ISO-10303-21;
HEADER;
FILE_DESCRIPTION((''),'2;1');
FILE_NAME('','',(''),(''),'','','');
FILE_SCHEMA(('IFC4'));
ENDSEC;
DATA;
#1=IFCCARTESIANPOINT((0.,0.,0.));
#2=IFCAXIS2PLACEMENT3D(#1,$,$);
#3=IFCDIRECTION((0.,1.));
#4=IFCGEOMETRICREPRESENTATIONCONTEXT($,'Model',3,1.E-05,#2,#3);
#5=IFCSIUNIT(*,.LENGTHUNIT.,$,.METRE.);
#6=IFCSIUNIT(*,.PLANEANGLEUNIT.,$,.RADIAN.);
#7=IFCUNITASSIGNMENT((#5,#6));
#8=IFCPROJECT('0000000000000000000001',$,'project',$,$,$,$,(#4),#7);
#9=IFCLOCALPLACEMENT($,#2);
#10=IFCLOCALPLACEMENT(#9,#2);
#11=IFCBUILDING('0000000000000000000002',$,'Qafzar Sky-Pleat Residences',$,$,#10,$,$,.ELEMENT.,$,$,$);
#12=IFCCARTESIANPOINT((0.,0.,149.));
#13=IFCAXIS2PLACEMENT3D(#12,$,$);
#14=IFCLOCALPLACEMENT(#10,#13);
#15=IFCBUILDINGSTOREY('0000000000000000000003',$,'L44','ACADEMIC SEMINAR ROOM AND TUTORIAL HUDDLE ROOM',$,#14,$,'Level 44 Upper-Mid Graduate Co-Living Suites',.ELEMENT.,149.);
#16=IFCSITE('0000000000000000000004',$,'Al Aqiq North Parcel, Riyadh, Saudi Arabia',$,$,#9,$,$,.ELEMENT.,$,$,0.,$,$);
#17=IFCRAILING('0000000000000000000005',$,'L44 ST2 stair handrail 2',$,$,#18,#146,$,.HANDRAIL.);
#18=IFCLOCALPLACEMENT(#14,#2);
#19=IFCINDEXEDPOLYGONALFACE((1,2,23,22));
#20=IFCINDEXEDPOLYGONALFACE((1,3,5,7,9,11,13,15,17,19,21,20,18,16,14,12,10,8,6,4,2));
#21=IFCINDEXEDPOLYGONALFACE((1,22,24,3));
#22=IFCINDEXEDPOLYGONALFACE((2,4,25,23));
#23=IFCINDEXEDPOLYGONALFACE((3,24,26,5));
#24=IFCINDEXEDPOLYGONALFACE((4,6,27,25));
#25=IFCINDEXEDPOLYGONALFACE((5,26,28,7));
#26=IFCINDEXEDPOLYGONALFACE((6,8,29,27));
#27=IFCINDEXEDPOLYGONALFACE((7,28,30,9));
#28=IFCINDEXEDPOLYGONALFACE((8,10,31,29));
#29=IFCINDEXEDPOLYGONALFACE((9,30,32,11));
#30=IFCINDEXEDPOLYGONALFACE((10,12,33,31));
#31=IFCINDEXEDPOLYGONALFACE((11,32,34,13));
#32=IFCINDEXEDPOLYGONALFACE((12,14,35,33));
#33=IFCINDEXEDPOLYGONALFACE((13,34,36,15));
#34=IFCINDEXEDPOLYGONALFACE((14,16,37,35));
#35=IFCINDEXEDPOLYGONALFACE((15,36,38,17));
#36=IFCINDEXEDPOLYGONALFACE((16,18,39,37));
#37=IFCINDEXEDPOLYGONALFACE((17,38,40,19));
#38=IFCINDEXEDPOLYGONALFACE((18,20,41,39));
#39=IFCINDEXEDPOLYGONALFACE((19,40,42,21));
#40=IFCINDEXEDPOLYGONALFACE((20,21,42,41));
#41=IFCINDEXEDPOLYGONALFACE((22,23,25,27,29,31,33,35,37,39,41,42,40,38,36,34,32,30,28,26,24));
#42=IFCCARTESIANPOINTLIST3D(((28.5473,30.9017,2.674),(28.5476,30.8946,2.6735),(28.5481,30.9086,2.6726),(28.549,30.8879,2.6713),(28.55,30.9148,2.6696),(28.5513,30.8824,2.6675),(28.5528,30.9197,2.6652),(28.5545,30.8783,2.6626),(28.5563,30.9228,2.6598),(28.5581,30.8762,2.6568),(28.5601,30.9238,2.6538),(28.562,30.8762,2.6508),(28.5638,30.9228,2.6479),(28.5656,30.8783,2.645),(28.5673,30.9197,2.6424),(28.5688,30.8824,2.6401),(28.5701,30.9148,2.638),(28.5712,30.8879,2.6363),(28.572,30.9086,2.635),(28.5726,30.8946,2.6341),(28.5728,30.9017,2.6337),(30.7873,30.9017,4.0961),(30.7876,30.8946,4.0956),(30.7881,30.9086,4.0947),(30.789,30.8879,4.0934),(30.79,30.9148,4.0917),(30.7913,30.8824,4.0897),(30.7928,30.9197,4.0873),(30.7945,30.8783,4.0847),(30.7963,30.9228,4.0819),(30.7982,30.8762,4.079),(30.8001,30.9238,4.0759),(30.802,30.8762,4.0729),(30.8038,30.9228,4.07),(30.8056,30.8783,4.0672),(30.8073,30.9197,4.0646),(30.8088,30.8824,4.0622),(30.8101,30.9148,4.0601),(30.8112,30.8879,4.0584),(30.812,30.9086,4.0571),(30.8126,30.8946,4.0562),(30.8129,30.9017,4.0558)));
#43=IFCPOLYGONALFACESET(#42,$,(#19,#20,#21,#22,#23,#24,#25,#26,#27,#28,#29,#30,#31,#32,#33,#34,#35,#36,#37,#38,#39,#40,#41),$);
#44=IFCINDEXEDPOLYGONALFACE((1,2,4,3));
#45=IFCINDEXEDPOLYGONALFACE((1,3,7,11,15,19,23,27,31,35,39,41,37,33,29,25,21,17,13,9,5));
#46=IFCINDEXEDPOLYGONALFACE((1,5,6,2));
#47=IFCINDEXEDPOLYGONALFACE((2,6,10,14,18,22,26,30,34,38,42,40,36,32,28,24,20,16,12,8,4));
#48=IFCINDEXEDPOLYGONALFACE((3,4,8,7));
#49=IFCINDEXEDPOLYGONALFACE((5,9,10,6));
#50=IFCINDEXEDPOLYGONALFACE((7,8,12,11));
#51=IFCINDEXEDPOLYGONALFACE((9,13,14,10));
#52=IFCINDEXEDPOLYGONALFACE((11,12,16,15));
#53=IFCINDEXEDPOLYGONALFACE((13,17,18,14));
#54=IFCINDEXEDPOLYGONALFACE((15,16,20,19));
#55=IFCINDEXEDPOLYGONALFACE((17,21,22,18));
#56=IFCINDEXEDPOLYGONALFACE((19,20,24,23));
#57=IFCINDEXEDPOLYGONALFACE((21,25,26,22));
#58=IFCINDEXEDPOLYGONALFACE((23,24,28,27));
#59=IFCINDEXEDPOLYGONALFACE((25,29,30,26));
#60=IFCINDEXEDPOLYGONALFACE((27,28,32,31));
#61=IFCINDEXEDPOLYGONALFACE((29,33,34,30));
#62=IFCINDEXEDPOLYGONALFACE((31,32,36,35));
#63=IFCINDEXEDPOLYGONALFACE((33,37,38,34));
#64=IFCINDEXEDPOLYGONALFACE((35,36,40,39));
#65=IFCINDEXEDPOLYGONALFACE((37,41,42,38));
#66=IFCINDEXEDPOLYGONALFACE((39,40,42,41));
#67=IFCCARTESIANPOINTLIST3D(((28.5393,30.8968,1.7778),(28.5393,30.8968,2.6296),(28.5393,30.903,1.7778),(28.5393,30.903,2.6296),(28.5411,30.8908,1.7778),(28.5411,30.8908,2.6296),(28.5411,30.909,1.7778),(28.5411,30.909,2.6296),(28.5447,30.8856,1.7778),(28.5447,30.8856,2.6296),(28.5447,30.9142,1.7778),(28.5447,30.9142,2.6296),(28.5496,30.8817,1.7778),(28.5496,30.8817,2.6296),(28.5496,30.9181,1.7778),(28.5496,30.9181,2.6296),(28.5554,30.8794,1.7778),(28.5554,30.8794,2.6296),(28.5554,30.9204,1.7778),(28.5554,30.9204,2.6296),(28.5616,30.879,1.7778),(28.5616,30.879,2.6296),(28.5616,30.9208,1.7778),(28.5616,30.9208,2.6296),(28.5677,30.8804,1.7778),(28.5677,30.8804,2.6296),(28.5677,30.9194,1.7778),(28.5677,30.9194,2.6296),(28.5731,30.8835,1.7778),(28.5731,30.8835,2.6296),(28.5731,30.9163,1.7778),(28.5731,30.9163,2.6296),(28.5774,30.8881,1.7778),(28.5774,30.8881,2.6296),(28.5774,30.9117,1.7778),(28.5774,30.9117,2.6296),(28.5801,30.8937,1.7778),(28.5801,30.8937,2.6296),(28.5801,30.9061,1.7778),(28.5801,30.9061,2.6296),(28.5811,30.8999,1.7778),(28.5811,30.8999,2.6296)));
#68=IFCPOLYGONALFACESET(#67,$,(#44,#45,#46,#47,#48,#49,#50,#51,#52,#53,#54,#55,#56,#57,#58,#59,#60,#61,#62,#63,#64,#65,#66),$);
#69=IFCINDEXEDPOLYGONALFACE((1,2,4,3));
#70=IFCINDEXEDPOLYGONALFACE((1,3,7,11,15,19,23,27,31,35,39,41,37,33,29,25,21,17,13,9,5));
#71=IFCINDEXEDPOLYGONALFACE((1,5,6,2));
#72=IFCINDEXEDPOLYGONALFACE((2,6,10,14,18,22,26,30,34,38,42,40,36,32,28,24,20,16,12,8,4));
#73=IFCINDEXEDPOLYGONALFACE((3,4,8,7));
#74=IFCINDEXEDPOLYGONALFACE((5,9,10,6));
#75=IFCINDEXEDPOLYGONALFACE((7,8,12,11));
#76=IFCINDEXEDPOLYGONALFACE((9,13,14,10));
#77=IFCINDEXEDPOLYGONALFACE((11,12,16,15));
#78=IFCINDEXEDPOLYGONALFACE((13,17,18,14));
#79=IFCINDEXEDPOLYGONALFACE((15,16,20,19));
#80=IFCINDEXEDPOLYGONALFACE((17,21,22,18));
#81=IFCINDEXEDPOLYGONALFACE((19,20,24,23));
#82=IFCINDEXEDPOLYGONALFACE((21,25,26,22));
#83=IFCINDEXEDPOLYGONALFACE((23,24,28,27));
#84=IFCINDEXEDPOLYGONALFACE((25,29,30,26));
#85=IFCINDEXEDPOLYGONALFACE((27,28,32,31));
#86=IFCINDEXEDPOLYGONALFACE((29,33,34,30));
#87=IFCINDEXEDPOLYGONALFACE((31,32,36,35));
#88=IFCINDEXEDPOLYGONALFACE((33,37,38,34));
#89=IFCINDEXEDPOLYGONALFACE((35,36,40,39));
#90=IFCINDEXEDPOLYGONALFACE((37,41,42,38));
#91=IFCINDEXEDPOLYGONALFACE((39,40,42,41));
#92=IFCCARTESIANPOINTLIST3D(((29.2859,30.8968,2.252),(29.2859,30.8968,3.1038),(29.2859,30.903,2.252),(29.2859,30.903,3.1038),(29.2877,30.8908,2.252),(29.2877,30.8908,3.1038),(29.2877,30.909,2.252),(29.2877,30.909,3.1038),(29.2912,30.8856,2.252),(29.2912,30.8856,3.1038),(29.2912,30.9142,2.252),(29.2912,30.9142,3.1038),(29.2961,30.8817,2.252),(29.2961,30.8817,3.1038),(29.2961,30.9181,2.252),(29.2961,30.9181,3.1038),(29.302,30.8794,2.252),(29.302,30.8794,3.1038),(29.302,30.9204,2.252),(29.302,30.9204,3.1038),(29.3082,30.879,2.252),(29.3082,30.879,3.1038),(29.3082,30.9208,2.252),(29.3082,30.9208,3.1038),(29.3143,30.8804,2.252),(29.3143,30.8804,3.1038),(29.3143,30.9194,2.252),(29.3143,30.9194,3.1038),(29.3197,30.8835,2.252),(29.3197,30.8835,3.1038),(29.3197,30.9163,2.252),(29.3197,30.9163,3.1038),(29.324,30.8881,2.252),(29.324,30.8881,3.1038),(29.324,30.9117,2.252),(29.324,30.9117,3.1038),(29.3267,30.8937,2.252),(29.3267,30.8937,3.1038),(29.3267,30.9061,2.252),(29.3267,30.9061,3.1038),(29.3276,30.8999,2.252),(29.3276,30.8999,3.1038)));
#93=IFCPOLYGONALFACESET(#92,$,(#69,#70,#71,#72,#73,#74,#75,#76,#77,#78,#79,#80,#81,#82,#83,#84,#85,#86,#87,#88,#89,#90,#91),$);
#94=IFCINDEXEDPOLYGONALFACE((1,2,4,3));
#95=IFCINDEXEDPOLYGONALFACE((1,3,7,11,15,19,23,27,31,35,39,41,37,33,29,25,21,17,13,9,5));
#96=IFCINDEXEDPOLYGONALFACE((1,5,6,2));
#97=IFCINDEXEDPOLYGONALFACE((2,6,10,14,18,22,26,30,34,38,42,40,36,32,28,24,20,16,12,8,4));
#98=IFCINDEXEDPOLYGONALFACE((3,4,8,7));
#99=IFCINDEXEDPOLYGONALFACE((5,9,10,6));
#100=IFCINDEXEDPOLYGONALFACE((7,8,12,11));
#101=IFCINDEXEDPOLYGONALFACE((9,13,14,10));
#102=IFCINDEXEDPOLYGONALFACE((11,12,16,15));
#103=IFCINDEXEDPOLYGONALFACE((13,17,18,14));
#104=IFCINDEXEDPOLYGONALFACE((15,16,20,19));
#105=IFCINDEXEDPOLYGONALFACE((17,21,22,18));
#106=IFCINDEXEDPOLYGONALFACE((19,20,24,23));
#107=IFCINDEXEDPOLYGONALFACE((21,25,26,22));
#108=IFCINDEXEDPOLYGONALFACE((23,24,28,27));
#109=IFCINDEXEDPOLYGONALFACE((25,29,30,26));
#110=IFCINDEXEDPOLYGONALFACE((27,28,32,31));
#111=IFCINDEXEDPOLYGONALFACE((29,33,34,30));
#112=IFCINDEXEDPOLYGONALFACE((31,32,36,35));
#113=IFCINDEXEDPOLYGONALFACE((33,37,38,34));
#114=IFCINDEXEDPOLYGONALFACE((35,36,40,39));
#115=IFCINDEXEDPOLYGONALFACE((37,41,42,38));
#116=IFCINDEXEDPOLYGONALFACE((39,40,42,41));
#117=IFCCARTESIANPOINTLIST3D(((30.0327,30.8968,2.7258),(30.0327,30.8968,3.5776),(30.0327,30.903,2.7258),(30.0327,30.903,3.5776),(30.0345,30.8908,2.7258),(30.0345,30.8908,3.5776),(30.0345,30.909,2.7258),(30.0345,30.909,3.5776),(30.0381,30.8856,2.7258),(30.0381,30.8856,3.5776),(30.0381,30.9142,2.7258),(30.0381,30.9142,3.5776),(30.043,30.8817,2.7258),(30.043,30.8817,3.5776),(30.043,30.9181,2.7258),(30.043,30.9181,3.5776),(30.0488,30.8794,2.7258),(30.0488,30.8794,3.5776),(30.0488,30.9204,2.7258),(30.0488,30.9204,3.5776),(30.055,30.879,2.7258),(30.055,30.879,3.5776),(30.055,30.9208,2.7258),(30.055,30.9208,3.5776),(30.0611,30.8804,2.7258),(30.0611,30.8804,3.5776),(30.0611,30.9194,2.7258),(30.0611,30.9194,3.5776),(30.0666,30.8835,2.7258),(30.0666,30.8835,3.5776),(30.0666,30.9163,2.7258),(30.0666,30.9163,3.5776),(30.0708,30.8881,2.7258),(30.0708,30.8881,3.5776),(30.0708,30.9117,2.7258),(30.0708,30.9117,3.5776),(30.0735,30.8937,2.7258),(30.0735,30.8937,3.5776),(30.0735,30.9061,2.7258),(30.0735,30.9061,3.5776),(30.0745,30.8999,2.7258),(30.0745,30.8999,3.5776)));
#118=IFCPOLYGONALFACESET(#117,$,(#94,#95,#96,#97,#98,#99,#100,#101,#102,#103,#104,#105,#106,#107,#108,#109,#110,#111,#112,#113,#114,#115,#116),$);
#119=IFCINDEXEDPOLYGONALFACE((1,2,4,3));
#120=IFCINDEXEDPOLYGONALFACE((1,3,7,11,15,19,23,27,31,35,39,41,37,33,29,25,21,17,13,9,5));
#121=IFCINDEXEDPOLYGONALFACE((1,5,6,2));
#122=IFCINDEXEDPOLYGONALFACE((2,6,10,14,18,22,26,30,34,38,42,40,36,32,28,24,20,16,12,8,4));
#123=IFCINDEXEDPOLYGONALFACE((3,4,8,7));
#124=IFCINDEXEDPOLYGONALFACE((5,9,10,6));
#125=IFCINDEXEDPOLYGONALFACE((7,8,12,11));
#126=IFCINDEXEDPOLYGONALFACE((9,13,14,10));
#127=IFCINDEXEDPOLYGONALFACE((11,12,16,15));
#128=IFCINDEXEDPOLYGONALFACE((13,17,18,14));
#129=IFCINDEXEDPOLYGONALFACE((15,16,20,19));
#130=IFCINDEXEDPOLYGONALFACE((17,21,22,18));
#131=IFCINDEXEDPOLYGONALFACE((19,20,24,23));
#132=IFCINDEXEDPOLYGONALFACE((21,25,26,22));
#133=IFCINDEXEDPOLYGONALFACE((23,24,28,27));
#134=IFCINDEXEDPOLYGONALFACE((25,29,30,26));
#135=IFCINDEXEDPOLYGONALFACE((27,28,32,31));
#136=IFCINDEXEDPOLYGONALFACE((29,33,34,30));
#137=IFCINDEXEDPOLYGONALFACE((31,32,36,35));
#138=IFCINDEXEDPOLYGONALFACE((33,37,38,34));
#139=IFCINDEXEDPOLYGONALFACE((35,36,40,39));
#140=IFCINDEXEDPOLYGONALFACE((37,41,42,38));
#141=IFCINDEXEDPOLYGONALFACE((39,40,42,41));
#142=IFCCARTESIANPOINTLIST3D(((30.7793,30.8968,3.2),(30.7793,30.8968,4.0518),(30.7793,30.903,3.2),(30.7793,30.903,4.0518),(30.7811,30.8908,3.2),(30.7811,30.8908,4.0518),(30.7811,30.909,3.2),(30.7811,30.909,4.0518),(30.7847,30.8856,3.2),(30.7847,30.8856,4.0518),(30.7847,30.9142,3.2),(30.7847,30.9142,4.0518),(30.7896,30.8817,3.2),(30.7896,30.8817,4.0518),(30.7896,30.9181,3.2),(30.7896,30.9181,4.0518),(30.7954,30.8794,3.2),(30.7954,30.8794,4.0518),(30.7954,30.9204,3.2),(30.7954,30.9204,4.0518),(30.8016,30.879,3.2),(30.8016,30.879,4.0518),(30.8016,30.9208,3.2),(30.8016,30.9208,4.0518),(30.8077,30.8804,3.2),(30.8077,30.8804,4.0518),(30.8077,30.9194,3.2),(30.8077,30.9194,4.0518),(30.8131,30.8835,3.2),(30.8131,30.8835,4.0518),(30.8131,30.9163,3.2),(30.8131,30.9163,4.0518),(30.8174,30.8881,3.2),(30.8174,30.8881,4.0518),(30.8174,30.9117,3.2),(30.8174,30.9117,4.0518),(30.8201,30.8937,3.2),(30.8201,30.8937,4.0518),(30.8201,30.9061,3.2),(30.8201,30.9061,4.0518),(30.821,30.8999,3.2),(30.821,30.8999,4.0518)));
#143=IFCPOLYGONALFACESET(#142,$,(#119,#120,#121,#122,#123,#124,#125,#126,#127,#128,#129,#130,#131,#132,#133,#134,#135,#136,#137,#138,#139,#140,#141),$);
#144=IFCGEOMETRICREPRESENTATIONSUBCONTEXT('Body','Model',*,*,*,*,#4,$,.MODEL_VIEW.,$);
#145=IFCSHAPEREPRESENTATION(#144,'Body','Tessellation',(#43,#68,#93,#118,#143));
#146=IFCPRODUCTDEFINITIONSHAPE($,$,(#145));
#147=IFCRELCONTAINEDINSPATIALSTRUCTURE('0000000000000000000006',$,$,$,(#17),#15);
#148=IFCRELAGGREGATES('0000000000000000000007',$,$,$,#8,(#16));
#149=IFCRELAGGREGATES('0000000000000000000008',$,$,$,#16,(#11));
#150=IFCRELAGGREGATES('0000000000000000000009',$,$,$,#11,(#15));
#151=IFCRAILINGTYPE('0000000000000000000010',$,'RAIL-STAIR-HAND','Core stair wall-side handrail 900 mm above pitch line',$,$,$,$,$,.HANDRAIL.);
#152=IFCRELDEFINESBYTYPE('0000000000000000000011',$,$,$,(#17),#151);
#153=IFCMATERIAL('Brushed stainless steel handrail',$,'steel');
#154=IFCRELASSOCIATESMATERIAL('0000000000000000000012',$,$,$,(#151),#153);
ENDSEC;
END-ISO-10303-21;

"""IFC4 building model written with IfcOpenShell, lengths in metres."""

from ifc_helpers import new_model, si_unit, direction, frame, origin, origin_2d, place, context, subcontext, project, spatial, circle, extrude, source, transform, mapped, material, type_object, element, save


model = new_model("IFC4")

# Units and contexts
model_context = context("Model", 3, precision=1e-05, world=origin(), true_north=direction((0.0, 1.0)))
body_context = subcontext(model_context, "Body", "Model", "MODEL_VIEW")
ifc_project = project(units=[si_unit("LENGTHUNIT", "METRE"), si_unit("PLANEANGLEUNIT", "RADIAN")], contexts=[model_context])

# Site, building, storey
site_placement = place(None, origin())
site = spatial("IfcSite", under=ifc_project, at=site_placement, Name="Al Aqiq North Parcel, Riyadh, Saudi Arabia", CompositionType="ELEMENT", RefElevation=0.0)
building_placement = place(site_placement, origin())
building = spatial("IfcBuilding", under=site, at=building_placement, Name="Qafzar Sky-Pleat Residences", CompositionType="ELEMENT")
storey_placement = place(building_placement, frame((0.0, 0.0, 149.0)))
storey = spatial("IfcBuildingStorey", under=building, at=storey_placement, Name="L44", Description="ACADEMIC SEMINAR ROOM AND TUTORIAL HUDDLE ROOM", LongName="Level 44 Upper-Mid Graduate Co-Living Suites", CompositionType="ELEMENT", Elevation=149.0)

# Railing
ifc_material_1 = material(Name="Brushed stainless steel handrail", Category="steel")
railing_type_1 = type_object("IfcRailingType", Name="RAIL-STAIR-HAND", Description="Core stair wall-side handrail 900 mm above pitch line", PredefinedType="HANDRAIL", material=ifc_material_1)
shared_shape_1 = source(origin(), body_context, "Body", "SweptSolid", [
    extrude(circle(Radius=0.0239, at=origin_2d()), frame((0.0, 0.0, 0.876), z_axis=(0.844229, 0.0, 0.535982), x_axis=(0.0, 1.0, 0.0)), (0.0, 0.0, 1.0), 2.6533),
    extrude(circle(Radius=0.021, at=origin_2d()), origin(), (0.0, 0.0, 1.0), 0.8518),
    extrude(circle(Radius=0.021, at=origin_2d()), frame((0.7466, 0.0, 0.4741)), (0.0, 0.0, 1.0), 0.8518),
    extrude(circle(Radius=0.021, at=origin_2d()), frame((1.4934, 0.0, 0.948)), (0.0, 0.0, 1.0), 0.8518),
    extrude(circle(Radius=0.021, at=origin_2d()), frame((2.24, 0.0, 1.4221)), (0.0, 0.0, 1.0), 0.8518),
])
railing_1_placement = place(storey_placement, frame((28.5601, 30.8999, 1.7778)))
element("IfcRailing", 1, at=railing_1_placement, inside=storey, type_object=railing_type_1, Name="L44 ST2 stair handrail 2", PredefinedType="HANDRAIL", context=body_context, shape_type="MappedRepresentation", body=[
    mapped(shared_shape_1, transform((0.0, 0.0, 0.0), x_axis=(1.0, 0.0, 0.0), y_axis=(0.0, 1.0, 0.0), z_axis=(0.0, 0.0, 1.0), scale=1.0)),
])

save(model, "model.ifc")
